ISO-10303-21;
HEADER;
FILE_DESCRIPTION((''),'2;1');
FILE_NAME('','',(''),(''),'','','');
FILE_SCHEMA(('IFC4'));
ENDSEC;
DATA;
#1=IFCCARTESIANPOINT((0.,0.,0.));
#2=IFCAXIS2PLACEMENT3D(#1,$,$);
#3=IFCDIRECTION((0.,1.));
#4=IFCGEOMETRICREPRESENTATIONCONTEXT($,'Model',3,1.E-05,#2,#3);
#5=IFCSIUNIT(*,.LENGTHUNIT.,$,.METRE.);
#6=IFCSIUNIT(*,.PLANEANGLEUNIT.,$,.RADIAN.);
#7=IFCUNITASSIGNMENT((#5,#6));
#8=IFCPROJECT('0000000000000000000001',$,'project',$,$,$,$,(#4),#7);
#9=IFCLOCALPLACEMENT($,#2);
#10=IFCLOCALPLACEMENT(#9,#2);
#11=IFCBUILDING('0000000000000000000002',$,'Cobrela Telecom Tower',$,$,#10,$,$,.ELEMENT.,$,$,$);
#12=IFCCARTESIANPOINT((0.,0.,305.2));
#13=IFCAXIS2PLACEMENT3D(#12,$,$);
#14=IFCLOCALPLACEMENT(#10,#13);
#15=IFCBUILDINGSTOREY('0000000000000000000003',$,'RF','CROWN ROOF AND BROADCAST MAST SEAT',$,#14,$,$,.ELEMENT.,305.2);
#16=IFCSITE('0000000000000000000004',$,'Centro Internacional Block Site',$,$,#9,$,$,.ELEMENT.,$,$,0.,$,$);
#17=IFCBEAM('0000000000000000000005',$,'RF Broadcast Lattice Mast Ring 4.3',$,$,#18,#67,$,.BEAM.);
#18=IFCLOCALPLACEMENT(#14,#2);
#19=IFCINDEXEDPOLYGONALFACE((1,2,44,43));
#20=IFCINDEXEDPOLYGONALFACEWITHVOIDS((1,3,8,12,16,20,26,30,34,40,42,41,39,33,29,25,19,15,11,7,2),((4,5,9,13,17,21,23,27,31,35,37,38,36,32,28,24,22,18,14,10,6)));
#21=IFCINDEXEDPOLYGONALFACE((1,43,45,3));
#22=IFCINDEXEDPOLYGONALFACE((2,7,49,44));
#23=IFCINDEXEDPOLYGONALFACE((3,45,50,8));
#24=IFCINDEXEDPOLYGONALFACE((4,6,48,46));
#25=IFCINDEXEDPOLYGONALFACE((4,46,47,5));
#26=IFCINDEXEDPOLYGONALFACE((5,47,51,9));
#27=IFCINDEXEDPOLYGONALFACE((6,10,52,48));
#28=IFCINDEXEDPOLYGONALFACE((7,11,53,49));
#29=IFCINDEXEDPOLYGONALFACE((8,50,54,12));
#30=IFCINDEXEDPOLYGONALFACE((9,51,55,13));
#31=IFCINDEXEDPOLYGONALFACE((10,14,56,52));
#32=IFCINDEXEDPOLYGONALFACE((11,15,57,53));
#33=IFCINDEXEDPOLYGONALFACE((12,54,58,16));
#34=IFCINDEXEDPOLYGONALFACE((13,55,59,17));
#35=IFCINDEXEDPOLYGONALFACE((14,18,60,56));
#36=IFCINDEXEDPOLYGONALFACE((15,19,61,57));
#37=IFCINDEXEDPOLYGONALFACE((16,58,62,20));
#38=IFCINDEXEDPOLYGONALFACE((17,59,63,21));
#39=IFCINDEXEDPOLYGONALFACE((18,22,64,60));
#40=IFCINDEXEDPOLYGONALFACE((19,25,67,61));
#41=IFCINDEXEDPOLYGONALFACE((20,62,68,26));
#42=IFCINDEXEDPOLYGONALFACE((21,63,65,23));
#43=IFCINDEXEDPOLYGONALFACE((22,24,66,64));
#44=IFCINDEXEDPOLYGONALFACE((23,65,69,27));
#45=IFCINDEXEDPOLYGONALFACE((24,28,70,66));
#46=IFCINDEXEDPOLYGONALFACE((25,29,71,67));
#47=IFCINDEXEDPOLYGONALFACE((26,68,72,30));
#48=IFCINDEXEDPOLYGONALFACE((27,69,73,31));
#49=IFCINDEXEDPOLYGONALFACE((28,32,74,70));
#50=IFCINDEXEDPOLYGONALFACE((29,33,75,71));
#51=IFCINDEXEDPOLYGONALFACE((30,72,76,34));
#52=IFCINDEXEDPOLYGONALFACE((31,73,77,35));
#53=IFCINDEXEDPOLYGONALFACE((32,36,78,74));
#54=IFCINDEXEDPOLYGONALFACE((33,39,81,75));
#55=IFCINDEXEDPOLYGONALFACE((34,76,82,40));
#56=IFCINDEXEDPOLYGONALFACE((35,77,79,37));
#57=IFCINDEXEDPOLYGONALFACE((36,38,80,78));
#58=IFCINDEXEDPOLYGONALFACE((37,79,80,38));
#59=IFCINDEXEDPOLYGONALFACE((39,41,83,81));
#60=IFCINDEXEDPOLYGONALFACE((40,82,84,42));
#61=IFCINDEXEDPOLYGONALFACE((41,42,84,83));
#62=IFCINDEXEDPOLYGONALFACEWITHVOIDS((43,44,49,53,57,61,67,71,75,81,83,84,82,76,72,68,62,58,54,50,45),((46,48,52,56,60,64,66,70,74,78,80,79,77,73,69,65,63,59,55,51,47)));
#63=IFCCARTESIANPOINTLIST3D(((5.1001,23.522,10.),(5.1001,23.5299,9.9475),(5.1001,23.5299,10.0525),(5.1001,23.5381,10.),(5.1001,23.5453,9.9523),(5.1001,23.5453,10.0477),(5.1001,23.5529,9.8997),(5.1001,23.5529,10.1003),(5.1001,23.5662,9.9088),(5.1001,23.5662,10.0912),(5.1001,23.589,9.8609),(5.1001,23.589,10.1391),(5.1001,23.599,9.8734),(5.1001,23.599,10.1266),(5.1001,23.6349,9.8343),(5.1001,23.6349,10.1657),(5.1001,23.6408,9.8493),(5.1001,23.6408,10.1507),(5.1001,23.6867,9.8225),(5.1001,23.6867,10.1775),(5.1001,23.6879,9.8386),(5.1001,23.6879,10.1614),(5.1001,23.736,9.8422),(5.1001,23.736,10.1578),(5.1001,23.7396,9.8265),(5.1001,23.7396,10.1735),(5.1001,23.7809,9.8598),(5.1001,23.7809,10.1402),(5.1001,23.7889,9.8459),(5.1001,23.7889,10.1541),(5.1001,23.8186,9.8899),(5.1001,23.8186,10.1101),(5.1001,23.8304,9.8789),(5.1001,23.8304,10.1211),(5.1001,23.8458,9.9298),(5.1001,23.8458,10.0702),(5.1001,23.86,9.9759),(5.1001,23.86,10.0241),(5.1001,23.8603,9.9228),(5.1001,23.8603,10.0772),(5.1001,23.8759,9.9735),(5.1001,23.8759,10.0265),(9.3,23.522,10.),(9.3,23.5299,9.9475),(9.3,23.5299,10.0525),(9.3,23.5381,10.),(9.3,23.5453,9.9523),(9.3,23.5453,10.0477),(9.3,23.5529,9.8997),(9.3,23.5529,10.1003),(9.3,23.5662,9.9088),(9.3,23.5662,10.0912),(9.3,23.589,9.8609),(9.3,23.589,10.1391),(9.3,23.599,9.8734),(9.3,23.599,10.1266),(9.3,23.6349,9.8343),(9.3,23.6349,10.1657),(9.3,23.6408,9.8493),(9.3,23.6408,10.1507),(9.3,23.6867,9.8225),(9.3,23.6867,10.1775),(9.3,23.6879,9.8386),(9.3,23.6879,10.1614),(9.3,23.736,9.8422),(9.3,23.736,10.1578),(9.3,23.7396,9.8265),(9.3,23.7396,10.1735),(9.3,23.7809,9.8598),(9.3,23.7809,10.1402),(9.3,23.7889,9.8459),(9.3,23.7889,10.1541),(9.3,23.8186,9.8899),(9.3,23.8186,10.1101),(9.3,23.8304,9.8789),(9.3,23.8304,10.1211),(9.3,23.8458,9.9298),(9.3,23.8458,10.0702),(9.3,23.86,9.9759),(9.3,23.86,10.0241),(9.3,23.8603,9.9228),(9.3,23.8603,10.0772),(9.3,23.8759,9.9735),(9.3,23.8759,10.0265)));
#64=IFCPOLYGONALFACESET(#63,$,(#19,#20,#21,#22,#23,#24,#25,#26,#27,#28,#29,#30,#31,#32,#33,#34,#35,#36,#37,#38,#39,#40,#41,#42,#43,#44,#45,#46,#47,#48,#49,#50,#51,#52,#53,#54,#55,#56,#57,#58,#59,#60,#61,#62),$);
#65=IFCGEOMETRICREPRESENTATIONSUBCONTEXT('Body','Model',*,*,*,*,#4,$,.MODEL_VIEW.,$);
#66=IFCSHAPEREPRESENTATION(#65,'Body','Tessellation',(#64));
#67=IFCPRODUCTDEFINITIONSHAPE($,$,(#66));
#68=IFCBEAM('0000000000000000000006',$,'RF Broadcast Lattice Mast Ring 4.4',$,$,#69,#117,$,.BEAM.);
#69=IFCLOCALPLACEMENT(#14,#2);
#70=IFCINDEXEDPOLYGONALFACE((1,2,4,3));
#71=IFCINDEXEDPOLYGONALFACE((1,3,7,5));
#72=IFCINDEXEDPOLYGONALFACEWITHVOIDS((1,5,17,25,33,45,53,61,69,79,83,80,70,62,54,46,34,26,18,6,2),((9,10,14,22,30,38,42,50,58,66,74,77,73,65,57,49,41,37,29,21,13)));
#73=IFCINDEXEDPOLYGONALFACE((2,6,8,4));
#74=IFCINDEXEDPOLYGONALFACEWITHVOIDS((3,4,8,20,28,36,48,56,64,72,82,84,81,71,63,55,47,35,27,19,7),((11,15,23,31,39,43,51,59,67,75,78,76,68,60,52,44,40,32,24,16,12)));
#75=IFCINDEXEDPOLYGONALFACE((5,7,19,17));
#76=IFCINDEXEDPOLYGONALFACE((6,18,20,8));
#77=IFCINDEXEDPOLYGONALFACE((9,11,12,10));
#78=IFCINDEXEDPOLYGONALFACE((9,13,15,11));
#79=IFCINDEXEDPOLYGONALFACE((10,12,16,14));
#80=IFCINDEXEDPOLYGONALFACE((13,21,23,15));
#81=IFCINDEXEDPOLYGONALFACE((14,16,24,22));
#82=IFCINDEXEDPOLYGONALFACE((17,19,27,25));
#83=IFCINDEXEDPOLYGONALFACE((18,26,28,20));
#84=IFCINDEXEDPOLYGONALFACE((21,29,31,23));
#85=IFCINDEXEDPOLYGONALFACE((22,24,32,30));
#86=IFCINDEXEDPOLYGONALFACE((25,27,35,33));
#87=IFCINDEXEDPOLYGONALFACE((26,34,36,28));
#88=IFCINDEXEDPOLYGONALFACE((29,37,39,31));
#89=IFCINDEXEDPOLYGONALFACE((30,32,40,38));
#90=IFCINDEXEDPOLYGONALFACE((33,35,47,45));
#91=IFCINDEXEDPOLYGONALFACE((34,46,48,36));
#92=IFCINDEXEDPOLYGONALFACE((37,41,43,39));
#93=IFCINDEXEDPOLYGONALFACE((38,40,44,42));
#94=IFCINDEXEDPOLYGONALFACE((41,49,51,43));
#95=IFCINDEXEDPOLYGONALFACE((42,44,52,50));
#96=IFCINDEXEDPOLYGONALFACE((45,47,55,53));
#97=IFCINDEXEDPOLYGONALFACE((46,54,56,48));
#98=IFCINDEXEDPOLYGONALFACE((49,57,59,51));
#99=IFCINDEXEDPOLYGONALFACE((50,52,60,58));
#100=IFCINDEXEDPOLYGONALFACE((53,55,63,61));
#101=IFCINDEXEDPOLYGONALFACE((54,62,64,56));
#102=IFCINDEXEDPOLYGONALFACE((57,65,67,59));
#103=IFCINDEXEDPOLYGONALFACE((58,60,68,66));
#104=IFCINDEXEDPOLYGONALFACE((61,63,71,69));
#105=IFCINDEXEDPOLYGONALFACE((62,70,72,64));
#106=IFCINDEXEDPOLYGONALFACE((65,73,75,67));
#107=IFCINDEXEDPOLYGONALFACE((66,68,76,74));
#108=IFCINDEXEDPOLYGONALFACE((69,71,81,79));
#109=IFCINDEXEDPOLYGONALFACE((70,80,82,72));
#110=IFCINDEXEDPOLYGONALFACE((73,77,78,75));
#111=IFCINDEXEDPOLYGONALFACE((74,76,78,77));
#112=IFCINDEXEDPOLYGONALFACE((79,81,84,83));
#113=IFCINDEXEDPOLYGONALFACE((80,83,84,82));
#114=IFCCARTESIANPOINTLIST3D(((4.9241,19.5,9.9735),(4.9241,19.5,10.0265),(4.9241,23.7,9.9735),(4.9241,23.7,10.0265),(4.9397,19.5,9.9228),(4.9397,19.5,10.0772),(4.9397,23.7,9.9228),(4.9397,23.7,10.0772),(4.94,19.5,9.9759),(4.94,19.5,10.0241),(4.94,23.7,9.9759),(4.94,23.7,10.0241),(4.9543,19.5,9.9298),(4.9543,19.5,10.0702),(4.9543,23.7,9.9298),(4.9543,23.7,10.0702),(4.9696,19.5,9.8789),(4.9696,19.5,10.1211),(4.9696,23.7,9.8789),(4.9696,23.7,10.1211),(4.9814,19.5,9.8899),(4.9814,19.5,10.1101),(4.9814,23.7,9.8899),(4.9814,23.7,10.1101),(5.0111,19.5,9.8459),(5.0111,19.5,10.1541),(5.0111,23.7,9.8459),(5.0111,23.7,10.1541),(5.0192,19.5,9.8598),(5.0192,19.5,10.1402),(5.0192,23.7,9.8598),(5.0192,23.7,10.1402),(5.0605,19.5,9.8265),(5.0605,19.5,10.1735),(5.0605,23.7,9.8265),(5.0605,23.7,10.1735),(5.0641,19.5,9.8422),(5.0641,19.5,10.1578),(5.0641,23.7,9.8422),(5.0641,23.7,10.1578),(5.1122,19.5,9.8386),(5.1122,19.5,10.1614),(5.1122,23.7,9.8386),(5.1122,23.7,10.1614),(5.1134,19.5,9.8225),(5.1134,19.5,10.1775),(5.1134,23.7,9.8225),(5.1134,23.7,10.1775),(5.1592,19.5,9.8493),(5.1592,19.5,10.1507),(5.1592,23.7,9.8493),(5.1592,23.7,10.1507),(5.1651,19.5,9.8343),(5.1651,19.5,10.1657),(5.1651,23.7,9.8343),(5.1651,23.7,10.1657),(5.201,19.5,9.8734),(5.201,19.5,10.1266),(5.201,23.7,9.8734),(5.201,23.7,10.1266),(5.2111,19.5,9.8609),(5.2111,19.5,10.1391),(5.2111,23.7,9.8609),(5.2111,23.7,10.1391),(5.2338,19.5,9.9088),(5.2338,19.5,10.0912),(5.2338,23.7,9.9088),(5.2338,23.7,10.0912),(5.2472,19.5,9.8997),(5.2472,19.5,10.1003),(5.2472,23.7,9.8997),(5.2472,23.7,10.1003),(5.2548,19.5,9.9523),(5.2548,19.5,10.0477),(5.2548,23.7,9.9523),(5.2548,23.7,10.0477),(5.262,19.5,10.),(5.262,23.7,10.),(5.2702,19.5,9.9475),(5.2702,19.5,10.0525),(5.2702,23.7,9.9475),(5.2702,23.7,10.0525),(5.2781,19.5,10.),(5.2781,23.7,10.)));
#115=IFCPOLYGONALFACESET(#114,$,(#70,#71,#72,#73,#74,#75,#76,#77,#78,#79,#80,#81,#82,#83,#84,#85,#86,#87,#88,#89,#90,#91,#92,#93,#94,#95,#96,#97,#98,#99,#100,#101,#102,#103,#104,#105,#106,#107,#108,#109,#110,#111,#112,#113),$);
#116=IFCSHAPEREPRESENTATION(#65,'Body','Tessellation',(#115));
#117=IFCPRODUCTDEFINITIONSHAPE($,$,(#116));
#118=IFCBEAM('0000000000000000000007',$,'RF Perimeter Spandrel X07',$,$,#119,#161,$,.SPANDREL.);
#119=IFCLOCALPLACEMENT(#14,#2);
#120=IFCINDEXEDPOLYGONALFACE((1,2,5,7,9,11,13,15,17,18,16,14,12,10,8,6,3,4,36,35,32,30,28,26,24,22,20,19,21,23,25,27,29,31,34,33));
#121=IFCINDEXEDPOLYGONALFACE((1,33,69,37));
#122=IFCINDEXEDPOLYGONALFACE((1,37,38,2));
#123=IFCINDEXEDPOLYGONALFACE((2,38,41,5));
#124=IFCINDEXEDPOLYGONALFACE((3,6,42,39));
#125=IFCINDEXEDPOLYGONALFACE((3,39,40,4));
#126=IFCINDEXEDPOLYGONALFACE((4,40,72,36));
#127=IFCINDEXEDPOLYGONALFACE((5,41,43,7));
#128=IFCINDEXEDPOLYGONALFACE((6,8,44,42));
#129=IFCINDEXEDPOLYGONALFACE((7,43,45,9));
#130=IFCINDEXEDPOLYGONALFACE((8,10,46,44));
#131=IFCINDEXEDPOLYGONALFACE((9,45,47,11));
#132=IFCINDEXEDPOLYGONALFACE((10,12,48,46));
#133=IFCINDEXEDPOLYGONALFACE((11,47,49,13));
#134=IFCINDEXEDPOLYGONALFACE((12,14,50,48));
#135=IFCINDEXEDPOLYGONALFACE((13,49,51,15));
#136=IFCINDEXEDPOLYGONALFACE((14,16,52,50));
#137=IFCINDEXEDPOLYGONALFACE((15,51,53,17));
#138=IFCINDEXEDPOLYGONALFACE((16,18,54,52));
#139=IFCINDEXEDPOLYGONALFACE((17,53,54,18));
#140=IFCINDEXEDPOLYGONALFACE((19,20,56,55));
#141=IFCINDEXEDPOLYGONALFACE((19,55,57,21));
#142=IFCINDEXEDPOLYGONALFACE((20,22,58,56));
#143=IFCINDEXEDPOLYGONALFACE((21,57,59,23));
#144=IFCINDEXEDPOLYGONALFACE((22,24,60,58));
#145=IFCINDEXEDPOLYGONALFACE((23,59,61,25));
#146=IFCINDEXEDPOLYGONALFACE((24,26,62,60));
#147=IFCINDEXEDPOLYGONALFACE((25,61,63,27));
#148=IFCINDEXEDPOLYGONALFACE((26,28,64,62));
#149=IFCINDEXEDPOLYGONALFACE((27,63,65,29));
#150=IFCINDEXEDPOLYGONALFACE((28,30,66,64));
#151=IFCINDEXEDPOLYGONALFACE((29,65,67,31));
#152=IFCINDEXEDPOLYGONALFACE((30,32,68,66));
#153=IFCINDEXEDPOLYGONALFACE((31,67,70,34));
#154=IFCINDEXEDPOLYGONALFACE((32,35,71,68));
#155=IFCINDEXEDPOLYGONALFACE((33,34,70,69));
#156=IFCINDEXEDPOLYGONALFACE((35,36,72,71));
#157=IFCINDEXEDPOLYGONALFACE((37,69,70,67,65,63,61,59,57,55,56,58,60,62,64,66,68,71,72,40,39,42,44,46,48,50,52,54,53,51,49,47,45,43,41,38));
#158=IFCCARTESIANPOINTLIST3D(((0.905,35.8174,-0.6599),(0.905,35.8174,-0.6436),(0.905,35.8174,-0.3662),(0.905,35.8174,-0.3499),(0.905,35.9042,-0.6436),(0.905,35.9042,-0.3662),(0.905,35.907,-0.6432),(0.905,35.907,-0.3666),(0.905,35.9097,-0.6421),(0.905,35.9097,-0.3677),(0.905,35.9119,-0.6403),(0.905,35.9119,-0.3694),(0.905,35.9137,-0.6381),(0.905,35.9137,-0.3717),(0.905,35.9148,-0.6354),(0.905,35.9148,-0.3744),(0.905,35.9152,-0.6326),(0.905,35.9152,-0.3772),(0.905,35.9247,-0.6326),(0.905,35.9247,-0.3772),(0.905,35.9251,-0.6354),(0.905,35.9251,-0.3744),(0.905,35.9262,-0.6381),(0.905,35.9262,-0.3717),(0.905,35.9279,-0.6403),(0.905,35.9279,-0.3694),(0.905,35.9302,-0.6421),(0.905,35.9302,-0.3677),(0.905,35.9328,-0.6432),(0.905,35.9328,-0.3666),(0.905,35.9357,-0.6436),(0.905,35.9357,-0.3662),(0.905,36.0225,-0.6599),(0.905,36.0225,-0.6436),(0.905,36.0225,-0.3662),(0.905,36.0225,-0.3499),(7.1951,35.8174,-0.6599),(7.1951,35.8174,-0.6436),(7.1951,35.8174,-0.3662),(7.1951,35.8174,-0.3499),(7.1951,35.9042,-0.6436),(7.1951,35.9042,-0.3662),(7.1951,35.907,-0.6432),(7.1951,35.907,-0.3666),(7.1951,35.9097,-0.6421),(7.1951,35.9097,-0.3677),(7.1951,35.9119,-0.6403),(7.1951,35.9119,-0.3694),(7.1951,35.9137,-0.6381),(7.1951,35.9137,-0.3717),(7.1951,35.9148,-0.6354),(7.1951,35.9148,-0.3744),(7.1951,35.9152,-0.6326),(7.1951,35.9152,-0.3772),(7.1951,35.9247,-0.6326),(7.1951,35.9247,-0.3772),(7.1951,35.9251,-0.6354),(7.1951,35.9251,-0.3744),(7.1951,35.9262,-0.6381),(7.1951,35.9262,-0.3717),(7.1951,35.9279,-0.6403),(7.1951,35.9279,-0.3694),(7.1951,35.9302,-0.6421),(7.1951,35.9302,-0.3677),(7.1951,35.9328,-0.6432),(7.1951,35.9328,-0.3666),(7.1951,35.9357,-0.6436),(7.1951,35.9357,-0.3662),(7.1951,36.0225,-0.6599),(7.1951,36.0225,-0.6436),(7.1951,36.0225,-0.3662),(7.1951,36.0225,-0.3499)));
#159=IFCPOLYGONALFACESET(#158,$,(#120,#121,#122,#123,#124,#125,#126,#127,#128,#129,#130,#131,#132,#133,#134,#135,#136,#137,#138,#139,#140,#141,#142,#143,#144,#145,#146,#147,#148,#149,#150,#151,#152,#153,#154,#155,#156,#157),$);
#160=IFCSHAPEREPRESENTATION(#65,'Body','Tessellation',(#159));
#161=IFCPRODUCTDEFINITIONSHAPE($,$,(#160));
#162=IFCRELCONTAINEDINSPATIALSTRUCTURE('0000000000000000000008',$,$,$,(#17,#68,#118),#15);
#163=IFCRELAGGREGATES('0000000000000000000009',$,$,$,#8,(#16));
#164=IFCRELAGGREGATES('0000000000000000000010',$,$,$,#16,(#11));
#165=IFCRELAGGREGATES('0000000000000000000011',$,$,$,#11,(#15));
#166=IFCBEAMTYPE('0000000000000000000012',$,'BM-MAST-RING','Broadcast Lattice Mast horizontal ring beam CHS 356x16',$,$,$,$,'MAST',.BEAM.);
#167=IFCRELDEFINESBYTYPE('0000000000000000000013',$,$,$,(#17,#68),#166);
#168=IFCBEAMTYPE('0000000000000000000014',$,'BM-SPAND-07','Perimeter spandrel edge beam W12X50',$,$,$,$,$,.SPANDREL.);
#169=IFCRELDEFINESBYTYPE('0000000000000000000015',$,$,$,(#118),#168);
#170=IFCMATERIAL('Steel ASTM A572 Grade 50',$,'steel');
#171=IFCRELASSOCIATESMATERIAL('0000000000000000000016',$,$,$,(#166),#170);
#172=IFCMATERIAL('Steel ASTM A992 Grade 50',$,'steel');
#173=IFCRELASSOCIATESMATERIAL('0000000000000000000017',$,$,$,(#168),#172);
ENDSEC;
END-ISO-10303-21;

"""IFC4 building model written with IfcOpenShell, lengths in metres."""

from ifc_helpers import new_model, si_unit, direction, frame, origin, origin_2d, place, context, subcontext, project, spatial, hollow_circle, i_section, extrude, material, material_profile, profile_set, type_object, element, save


model = new_model("IFC4")

# Units and contexts
model_context = context("Model", 3, precision=1e-05, world=origin(), true_north=direction((0.0, 1.0)))
body_context = subcontext(model_context, "Body", "Model", "MODEL_VIEW")
ifc_project = project(units=[si_unit("LENGTHUNIT", "METRE"), si_unit("PLANEANGLEUNIT", "RADIAN")], contexts=[model_context])

# Site, building, storey
site_placement = place(None, origin())
site = spatial("IfcSite", under=ifc_project, at=site_placement, Name="Centro Internacional Block Site", CompositionType="ELEMENT", RefElevation=0.0)
building_placement = place(site_placement, origin())
building = spatial("IfcBuilding", under=site, at=building_placement, Name="Cobrela Telecom Tower", CompositionType="ELEMENT")
storey_placement = place(building_placement, frame((0.0, 0.0, 305.2)))
storey = spatial("IfcBuildingStorey", under=building, at=storey_placement, Name="RF", Description="CROWN ROOF AND BROADCAST MAST SEAT", CompositionType="ELEMENT", Elevation=305.2)

# Shared definitions
ifc_material_1 = material(Name="Steel ASTM A572 Grade 50", Category="steel")

# Beams
ifc_material_profile_1 = material_profile(ifc_material_1, hollow_circle(Radius=0.178, WallThickness=0.0161, at=origin_2d()), Name="CHS 356x16")
ifc_profile_set_1 = profile_set([ifc_material_profile_1], Name="Steel ASTM A572 Grade 50")
beam_type_1 = type_object("IfcBeamType", Name="BM-MAST-RING", Description="Broadcast Lattice Mast horizontal ring beam CHS 356x16", ElementType="MAST", PredefinedType="BEAM", material=ifc_profile_set_1)
for number, where, z_axis, x_axis, name in (
    (1, (9.3, 23.7, 10.0), (-1.0, 0.0, 0.0), (0.0, -1.0, 0.0), "RF Broadcast Lattice Mast Ring 4.3"),
    (2, (5.1001, 23.7, 10.0), (0.0, -1.0, 0.0), (1.0, 0.0, 0.0), "RF Broadcast Lattice Mast Ring 4.4"),
):
    element("IfcBeam", number, at=place(storey_placement, frame(where, z_axis=z_axis, x_axis=x_axis)), inside=storey, type_object=beam_type_1, Name=name, PredefinedType="BEAM", context=body_context, shape_type="SweptSolid", body=[
        extrude(hollow_circle(Radius=0.178, WallThickness=0.0161, at=origin_2d()), origin(), (0.0, 0.0, 1.0), 4.2),
    ])
ifc_material_2 = material(Name="Steel ASTM A992 Grade 50", Category="steel")
ifc_material_profile_2 = material_profile(ifc_material_2, i_section(OverallWidth=0.2051, OverallDepth=0.3101, WebThickness=0.0095, FlangeThickness=0.0164, FilletRadius=0.011, at=origin_2d()), Name="W12X50")
ifc_profile_set_2 = profile_set([ifc_material_profile_2], Name="Steel ASTM A992 Grade 50")
beam_type_2 = type_object("IfcBeamType", Name="BM-SPAND-07", Description="Perimeter spandrel edge beam W12X50", PredefinedType="SPANDREL", material=ifc_profile_set_2)
beam_1_placement = place(storey_placement, frame((0.905, 35.9199, -0.5049), z_axis=(1.0, 0.0, 0.0), x_axis=(0.0, 1.0, 0.0)))
element("IfcBeam", 3, at=beam_1_placement, inside=storey, type_object=beam_type_2, Name="RF Perimeter Spandrel X07", PredefinedType="SPANDREL", context=body_context, shape_type="SweptSolid", body=[
    extrude(i_section(OverallWidth=0.2051, OverallDepth=0.3101, WebThickness=0.0095, FlangeThickness=0.0164, FilletRadius=0.011, at=origin_2d()), origin(), (0.0, 0.0, 1.0), 6.29),
])

save(model, "model.ifc")
